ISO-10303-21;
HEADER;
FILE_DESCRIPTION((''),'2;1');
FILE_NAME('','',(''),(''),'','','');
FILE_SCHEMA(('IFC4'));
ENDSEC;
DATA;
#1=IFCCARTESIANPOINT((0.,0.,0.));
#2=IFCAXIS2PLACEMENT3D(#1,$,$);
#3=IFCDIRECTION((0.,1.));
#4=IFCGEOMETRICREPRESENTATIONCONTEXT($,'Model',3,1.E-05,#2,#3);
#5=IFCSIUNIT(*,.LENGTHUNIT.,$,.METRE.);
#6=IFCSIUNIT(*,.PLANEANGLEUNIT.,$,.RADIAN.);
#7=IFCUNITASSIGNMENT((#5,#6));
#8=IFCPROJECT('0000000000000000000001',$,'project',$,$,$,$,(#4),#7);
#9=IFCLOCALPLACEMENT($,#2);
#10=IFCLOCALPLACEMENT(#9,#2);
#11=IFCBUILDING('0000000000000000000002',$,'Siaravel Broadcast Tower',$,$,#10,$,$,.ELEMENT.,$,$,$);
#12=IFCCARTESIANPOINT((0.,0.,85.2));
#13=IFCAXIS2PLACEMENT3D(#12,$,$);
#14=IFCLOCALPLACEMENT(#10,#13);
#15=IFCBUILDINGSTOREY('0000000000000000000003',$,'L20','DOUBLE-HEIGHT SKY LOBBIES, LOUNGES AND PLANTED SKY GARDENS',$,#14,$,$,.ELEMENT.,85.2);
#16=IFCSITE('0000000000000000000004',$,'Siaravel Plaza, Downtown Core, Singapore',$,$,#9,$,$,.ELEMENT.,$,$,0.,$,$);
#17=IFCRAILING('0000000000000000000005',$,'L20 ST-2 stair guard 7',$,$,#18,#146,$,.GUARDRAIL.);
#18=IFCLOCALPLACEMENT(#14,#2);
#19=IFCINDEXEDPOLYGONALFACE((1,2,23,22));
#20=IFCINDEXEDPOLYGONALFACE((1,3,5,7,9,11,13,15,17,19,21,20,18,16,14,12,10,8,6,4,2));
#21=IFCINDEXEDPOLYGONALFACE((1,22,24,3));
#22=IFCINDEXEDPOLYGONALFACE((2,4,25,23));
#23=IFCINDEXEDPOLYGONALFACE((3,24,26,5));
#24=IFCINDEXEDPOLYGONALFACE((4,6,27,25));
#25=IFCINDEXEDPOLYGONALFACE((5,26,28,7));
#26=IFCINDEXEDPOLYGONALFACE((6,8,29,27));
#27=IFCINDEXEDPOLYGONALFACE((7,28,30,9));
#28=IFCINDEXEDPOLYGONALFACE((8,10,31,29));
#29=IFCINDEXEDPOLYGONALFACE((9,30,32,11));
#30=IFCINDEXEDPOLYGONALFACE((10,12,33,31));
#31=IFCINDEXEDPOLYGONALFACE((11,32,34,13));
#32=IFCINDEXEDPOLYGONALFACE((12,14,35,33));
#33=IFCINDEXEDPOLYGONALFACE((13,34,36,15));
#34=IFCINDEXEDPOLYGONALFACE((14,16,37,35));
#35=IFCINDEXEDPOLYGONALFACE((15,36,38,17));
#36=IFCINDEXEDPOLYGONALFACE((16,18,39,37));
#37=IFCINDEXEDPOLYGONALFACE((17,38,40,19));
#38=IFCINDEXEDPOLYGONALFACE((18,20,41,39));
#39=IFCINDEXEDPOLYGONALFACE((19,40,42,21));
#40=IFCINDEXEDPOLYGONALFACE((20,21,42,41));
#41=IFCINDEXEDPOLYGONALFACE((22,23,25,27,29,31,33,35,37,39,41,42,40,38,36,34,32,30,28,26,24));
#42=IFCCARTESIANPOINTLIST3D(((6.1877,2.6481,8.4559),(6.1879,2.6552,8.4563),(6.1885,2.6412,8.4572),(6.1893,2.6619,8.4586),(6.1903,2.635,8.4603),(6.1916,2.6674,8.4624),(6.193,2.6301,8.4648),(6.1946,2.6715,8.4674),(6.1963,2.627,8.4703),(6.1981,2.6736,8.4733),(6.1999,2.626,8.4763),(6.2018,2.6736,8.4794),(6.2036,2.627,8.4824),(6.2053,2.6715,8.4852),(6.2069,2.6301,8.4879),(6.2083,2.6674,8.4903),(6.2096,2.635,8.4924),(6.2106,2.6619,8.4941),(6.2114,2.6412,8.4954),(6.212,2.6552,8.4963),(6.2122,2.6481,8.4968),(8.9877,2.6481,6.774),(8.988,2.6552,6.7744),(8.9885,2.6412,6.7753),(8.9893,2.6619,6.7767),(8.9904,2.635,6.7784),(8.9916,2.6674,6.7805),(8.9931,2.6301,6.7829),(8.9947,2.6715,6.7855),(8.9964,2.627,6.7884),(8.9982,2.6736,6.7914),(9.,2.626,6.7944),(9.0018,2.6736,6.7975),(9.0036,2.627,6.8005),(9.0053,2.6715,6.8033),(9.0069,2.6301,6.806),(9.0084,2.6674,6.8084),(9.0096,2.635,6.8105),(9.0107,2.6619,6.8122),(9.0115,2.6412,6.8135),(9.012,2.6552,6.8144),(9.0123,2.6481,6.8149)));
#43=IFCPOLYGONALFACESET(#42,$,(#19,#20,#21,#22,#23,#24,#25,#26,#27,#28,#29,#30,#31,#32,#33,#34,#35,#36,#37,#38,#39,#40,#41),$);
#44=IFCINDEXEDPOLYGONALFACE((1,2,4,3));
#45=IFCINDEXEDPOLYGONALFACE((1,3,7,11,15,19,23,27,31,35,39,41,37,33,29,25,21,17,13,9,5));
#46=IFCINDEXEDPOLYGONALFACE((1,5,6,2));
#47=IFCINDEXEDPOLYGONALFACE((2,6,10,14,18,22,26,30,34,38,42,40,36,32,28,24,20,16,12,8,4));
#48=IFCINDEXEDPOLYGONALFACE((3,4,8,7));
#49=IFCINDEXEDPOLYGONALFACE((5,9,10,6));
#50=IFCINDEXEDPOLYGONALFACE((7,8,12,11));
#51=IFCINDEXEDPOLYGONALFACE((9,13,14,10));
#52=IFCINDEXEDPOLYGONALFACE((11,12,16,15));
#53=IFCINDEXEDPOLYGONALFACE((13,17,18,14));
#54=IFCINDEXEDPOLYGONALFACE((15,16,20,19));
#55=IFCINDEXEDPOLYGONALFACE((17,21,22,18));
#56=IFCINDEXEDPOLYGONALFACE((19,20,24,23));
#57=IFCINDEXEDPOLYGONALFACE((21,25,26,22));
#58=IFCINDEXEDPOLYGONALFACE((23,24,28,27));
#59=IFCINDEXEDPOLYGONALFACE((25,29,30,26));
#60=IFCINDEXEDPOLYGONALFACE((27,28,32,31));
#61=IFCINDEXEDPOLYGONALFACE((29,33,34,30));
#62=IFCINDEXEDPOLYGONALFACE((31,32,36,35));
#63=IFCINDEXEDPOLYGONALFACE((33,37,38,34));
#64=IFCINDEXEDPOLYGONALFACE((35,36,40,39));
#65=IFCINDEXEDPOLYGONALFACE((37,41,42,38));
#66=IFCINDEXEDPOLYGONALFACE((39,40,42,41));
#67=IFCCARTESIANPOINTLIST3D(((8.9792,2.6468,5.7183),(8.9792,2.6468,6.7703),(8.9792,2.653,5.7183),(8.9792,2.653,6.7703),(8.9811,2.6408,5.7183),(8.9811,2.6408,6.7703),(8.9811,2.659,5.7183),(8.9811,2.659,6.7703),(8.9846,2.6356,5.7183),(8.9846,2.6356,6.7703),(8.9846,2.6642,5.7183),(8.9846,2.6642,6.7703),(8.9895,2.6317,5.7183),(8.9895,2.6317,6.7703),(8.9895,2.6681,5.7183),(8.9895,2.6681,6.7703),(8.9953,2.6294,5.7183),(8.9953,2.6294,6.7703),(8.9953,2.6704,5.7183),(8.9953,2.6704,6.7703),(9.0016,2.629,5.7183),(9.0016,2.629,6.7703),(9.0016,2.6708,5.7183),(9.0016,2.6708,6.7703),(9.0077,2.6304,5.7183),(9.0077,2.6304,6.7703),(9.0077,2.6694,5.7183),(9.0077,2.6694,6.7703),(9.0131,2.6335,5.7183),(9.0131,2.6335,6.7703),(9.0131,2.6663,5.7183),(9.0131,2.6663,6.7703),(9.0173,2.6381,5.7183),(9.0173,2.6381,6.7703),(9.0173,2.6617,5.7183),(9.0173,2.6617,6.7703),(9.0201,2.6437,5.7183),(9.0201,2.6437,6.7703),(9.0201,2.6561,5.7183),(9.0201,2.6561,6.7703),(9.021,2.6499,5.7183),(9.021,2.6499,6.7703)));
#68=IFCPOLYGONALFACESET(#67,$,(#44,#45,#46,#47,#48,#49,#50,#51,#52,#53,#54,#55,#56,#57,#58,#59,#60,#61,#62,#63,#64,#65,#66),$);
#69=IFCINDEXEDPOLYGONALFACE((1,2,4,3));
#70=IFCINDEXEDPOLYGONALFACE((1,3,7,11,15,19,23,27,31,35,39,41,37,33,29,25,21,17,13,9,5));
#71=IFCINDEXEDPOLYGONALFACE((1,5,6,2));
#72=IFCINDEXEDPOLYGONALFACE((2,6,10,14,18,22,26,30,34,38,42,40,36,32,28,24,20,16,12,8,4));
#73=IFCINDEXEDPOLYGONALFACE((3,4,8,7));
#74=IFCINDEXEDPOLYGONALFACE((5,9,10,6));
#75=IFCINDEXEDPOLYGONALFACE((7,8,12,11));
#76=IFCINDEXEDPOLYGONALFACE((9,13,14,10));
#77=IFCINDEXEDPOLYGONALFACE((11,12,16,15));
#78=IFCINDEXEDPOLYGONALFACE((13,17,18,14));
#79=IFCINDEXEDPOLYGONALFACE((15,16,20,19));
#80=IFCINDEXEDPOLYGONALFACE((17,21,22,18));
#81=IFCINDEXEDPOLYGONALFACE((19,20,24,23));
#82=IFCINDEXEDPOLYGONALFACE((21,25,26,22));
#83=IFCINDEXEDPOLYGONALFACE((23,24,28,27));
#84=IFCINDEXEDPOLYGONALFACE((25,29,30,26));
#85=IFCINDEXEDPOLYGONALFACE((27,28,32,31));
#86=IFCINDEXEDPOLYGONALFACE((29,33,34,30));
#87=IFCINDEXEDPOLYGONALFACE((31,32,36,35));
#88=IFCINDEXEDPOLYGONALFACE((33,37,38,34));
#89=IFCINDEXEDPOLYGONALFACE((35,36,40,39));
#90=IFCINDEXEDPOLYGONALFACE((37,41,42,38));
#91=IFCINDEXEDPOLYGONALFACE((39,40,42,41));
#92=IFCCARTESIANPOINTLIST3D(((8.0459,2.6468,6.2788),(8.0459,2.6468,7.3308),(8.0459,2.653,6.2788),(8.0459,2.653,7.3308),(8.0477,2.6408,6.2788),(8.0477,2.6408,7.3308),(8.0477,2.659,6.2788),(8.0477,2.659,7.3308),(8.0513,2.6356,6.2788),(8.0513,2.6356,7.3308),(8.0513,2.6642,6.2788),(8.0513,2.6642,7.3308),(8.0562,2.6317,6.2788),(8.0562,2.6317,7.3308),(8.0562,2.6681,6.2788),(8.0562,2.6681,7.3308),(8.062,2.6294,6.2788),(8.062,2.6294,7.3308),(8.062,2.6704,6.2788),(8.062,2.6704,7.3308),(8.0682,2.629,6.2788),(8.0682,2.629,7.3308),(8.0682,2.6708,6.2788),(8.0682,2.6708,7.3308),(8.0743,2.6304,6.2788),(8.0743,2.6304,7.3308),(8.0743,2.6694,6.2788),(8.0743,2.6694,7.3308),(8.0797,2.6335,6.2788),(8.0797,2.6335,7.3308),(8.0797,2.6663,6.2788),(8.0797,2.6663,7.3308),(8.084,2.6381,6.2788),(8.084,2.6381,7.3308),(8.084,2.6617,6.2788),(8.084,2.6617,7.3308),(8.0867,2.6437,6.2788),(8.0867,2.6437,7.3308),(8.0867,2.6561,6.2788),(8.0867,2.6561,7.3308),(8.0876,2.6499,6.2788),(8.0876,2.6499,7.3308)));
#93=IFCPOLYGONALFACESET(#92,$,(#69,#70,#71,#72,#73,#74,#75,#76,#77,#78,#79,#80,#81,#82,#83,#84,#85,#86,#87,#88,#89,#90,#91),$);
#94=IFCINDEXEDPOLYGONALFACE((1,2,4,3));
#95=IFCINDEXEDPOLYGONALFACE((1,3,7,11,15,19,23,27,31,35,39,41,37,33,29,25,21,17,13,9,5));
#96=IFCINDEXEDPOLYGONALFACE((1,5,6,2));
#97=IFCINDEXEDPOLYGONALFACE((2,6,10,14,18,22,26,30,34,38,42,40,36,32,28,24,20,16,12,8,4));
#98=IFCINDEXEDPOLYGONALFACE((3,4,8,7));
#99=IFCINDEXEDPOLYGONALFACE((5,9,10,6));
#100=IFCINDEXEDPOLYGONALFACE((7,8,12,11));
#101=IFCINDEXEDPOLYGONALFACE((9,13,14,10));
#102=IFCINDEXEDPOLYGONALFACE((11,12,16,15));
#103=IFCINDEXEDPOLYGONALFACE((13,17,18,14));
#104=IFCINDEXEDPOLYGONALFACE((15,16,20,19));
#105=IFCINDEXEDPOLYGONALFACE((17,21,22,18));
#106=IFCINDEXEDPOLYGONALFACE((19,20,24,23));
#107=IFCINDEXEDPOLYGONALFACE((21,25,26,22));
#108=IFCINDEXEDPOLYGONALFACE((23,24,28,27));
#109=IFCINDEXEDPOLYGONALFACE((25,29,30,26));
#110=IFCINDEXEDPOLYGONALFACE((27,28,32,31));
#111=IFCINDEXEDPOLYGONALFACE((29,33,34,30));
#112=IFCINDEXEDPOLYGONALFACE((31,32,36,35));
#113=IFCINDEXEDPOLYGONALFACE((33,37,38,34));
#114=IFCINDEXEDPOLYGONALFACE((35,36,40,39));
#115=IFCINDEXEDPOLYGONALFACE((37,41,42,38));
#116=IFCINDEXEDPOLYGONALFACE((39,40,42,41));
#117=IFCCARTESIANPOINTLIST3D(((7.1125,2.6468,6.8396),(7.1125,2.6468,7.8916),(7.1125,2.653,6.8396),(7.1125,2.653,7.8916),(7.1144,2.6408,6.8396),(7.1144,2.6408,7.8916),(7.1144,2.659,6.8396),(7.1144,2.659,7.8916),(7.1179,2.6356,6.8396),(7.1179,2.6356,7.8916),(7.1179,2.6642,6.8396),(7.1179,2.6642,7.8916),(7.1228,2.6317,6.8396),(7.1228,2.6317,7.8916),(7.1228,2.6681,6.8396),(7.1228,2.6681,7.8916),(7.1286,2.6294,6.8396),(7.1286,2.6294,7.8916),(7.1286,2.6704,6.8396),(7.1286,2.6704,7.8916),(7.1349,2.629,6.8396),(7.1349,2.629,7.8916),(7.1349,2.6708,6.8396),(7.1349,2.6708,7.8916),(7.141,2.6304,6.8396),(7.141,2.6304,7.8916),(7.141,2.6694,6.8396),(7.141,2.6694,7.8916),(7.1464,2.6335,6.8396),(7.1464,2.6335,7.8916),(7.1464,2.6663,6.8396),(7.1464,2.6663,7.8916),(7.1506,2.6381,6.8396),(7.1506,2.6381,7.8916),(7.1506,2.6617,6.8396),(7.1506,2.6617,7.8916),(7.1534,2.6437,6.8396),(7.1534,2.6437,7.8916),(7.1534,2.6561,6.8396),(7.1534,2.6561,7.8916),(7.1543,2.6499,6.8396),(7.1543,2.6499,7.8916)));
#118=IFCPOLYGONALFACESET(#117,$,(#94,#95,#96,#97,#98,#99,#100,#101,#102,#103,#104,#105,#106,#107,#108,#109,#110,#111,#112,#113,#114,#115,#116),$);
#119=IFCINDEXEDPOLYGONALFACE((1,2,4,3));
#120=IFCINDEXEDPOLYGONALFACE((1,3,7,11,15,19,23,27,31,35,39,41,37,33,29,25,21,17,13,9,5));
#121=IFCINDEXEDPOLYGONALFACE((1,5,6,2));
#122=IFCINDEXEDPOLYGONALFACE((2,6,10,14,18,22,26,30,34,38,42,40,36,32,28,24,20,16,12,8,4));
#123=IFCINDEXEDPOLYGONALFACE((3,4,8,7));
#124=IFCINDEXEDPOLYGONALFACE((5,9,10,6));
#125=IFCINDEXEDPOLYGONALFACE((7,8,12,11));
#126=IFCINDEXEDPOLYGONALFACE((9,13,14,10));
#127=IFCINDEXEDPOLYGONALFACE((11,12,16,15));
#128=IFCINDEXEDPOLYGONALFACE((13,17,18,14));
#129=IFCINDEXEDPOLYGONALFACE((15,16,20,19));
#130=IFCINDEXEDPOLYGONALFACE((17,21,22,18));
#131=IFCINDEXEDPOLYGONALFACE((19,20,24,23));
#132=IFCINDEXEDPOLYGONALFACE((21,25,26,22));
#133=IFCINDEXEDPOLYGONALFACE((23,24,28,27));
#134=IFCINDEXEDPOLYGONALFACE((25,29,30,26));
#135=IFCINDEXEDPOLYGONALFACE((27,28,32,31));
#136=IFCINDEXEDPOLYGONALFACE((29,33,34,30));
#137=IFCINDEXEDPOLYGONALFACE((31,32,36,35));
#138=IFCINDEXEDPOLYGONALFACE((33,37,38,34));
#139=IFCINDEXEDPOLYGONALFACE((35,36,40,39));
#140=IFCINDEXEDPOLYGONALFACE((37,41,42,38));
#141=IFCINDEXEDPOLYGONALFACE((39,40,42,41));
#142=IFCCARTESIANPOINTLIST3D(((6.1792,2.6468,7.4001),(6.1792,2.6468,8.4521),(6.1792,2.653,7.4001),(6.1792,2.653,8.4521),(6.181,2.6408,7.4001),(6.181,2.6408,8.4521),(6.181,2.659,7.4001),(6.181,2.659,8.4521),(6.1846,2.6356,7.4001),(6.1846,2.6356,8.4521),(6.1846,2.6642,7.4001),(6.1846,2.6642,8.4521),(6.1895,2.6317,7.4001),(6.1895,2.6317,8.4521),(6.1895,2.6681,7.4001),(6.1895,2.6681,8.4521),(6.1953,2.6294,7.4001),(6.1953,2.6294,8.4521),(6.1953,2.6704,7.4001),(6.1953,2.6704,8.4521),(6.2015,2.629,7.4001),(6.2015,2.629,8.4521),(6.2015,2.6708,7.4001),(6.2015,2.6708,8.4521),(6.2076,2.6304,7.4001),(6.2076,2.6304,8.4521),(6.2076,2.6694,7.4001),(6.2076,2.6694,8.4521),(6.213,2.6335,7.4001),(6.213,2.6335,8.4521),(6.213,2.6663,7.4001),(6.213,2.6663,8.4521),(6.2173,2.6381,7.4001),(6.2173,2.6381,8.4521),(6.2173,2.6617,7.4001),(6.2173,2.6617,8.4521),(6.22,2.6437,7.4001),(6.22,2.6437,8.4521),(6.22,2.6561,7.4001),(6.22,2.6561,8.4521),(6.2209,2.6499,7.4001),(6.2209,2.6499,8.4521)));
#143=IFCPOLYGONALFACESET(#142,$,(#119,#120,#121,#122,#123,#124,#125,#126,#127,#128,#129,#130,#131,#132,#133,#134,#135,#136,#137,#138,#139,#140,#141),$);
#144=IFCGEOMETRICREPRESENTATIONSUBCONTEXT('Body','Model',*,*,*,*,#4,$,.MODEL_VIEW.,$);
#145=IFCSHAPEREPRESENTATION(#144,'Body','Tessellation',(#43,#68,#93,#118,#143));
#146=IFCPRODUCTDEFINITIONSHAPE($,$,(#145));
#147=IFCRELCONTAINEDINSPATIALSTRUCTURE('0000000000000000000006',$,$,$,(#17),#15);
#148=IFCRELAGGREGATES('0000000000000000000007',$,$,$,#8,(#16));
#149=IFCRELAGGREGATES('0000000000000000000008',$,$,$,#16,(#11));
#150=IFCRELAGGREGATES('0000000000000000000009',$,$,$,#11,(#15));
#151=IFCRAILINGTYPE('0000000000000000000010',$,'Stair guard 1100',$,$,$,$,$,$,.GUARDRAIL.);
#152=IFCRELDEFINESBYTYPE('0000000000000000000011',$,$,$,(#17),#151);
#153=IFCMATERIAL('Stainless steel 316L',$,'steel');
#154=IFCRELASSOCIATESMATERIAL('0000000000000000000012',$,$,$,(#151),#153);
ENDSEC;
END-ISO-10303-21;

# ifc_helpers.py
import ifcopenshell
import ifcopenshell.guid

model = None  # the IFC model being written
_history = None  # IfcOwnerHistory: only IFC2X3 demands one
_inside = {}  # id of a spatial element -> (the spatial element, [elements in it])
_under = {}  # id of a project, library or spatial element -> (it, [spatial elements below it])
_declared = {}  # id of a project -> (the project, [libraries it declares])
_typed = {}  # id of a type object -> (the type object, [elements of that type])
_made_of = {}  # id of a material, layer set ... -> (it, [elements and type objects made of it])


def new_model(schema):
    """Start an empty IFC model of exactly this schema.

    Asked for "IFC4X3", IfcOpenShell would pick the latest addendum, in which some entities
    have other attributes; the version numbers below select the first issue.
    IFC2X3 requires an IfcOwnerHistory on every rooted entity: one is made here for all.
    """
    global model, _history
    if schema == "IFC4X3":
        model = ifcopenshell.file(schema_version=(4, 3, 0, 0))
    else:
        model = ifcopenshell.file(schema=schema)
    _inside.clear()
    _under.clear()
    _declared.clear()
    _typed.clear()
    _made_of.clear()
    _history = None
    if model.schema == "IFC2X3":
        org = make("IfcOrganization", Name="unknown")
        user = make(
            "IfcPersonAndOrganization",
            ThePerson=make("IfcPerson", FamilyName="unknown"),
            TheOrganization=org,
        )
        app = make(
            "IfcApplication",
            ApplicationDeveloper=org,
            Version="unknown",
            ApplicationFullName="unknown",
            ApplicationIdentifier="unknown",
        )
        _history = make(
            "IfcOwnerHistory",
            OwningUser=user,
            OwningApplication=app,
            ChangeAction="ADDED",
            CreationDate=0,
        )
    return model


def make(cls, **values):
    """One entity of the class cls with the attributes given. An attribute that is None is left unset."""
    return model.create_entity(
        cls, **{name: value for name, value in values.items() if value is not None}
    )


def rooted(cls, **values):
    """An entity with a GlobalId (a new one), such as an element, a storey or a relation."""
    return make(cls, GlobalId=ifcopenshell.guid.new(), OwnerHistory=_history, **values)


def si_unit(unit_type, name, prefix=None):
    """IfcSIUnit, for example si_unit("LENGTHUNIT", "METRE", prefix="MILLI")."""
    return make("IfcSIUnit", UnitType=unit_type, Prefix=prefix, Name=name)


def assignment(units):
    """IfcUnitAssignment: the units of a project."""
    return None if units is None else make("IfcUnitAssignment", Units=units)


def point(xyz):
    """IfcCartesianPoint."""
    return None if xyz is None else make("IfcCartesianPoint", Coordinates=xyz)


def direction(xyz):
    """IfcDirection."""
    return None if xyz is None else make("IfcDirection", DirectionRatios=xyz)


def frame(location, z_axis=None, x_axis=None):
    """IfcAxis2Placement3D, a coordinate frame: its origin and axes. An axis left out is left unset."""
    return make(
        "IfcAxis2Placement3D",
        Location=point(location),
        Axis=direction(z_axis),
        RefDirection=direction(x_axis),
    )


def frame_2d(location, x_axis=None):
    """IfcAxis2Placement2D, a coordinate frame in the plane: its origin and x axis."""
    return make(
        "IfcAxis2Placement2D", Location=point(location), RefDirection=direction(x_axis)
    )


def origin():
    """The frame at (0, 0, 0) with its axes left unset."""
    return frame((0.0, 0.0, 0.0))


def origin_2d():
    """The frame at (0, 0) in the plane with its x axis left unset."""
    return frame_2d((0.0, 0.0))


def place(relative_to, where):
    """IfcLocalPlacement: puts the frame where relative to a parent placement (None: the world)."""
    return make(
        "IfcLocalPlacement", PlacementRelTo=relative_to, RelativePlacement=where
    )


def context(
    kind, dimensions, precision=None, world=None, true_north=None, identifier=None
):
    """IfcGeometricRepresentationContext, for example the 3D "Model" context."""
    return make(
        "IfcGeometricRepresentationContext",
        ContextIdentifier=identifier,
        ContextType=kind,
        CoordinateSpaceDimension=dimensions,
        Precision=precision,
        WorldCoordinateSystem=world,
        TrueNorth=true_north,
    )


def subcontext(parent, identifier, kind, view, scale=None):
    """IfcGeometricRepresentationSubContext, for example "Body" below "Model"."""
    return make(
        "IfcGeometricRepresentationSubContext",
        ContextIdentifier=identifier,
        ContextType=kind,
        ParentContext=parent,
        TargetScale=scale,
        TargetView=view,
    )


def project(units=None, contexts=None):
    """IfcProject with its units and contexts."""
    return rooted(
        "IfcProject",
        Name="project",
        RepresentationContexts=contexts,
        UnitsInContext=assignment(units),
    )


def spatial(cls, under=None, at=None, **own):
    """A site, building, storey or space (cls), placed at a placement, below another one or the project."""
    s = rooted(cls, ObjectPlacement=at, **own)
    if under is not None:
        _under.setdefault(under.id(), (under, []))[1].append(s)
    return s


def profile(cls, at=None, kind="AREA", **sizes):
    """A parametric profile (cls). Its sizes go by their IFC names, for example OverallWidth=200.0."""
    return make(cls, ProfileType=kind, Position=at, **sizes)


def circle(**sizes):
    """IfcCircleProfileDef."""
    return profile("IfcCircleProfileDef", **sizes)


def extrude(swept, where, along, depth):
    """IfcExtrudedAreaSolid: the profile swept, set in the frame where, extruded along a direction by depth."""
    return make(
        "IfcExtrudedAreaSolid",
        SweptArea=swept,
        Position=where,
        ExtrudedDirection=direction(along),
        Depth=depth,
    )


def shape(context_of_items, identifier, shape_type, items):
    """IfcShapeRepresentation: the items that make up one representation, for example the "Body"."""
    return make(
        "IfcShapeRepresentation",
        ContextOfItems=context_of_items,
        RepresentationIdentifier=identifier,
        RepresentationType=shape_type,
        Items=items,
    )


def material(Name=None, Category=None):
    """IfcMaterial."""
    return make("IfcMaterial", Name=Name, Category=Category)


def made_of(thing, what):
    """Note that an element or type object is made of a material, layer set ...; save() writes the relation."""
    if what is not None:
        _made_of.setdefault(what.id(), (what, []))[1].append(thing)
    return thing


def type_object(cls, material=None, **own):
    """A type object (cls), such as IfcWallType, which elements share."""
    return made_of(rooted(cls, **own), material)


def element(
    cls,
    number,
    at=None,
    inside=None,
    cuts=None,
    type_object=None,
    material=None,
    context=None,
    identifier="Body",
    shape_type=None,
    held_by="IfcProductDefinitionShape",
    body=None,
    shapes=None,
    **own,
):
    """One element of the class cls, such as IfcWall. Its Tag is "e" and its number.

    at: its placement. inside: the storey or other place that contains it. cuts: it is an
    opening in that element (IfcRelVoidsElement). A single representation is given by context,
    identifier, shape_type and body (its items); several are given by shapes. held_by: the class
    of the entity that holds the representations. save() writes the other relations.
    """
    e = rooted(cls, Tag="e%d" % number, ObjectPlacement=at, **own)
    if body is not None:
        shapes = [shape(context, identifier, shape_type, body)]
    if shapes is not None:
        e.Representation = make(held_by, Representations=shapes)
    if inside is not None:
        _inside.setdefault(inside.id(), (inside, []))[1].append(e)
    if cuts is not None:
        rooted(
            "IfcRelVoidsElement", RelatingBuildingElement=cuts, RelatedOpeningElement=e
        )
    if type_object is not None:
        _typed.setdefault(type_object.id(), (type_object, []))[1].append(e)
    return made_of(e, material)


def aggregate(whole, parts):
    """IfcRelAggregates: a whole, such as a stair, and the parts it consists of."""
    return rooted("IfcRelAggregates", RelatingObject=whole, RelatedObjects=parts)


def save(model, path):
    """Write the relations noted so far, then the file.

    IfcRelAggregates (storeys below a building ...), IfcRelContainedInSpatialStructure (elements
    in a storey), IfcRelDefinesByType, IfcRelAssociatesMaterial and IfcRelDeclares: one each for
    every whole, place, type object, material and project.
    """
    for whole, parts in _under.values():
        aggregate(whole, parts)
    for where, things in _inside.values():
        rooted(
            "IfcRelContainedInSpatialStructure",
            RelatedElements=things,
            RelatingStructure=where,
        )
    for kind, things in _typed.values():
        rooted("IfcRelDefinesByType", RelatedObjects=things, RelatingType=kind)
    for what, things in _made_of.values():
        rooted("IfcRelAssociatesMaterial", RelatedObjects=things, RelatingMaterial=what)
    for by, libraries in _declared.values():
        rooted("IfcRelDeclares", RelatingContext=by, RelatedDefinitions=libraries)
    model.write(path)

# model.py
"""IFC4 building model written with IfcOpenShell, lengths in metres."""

from ifc_helpers import new_model, si_unit, direction, frame, origin, origin_2d, place, context, subcontext, project, spatial, circle, extrude, material, type_object, element, save


model = new_model("IFC4")

# Units and contexts
model_context = context("Model", 3, precision=1e-05, world=origin(), true_north=direction((0.0, 1.0)))
body_context = subcontext(model_context, "Body", "Model", "MODEL_VIEW")
ifc_project = project(units=[si_unit("LENGTHUNIT", "METRE"), si_unit("PLANEANGLEUNIT", "RADIAN")], contexts=[model_context])

# Site, building, storey
site_placement = place(None, origin())
site = spatial("IfcSite", under=ifc_project, at=site_placement, Name="Siaravel Plaza, Downtown Core, Singapore", CompositionType="ELEMENT", RefElevation=0.0)
building_placement = place(site_placement, origin())
building = spatial("IfcBuilding", under=site, at=building_placement, Name="Siaravel Broadcast Tower", CompositionType="ELEMENT")
storey_placement = place(building_placement, frame((0.0, 0.0, 85.2)))
storey = spatial("IfcBuildingStorey", under=building, at=storey_placement, Name="L20", Description="DOUBLE-HEIGHT SKY LOBBIES, LOUNGES AND PLANTED SKY GARDENS", CompositionType="ELEMENT", Elevation=85.2)

# Railing
ifc_material_1 = material(Name="Stainless steel 316L", Category="steel")
railing_type_1 = type_object("IfcRailingType", Name="Stair guard 1100", PredefinedType="GUARDRAIL", material=ifc_material_1)
railing_1_placement = place(storey_placement, frame((9.0, 2.6499, 5.7183)))
element("IfcRailing", 1, at=railing_1_placement, inside=storey, type_object=railing_type_1, Name="L20 ST-2 stair guard 7", PredefinedType="GUARDRAIL", context=body_context, shape_type="SweptSolid", body=[
    extrude(circle(Radius=0.0239, at=origin_2d()), frame((0.0, 0.0, 1.0762), z_axis=(-0.857242, 0.0, 0.514913), x_axis=(0.0, -1.0, 0.0)), (0.0, 0.0, 1.0), 3.2664),
    extrude(circle(Radius=0.021, at=origin_2d()), origin(), (0.0, 0.0, 1.0), 1.052),
    extrude(circle(Radius=0.021, at=origin_2d()), frame((-0.9333, 0.0, 0.5605)), (0.0, 0.0, 1.0), 1.052),
    extrude(circle(Radius=0.021, at=origin_2d()), frame((-1.8667, 0.0, 1.1213)), (0.0, 0.0, 1.0), 1.052),
    extrude(circle(Radius=0.021, at=origin_2d()), frame((-2.8, 0.0, 1.6819)), (0.0, 0.0, 1.0), 1.052),
])

save(model, "model.ifc")
